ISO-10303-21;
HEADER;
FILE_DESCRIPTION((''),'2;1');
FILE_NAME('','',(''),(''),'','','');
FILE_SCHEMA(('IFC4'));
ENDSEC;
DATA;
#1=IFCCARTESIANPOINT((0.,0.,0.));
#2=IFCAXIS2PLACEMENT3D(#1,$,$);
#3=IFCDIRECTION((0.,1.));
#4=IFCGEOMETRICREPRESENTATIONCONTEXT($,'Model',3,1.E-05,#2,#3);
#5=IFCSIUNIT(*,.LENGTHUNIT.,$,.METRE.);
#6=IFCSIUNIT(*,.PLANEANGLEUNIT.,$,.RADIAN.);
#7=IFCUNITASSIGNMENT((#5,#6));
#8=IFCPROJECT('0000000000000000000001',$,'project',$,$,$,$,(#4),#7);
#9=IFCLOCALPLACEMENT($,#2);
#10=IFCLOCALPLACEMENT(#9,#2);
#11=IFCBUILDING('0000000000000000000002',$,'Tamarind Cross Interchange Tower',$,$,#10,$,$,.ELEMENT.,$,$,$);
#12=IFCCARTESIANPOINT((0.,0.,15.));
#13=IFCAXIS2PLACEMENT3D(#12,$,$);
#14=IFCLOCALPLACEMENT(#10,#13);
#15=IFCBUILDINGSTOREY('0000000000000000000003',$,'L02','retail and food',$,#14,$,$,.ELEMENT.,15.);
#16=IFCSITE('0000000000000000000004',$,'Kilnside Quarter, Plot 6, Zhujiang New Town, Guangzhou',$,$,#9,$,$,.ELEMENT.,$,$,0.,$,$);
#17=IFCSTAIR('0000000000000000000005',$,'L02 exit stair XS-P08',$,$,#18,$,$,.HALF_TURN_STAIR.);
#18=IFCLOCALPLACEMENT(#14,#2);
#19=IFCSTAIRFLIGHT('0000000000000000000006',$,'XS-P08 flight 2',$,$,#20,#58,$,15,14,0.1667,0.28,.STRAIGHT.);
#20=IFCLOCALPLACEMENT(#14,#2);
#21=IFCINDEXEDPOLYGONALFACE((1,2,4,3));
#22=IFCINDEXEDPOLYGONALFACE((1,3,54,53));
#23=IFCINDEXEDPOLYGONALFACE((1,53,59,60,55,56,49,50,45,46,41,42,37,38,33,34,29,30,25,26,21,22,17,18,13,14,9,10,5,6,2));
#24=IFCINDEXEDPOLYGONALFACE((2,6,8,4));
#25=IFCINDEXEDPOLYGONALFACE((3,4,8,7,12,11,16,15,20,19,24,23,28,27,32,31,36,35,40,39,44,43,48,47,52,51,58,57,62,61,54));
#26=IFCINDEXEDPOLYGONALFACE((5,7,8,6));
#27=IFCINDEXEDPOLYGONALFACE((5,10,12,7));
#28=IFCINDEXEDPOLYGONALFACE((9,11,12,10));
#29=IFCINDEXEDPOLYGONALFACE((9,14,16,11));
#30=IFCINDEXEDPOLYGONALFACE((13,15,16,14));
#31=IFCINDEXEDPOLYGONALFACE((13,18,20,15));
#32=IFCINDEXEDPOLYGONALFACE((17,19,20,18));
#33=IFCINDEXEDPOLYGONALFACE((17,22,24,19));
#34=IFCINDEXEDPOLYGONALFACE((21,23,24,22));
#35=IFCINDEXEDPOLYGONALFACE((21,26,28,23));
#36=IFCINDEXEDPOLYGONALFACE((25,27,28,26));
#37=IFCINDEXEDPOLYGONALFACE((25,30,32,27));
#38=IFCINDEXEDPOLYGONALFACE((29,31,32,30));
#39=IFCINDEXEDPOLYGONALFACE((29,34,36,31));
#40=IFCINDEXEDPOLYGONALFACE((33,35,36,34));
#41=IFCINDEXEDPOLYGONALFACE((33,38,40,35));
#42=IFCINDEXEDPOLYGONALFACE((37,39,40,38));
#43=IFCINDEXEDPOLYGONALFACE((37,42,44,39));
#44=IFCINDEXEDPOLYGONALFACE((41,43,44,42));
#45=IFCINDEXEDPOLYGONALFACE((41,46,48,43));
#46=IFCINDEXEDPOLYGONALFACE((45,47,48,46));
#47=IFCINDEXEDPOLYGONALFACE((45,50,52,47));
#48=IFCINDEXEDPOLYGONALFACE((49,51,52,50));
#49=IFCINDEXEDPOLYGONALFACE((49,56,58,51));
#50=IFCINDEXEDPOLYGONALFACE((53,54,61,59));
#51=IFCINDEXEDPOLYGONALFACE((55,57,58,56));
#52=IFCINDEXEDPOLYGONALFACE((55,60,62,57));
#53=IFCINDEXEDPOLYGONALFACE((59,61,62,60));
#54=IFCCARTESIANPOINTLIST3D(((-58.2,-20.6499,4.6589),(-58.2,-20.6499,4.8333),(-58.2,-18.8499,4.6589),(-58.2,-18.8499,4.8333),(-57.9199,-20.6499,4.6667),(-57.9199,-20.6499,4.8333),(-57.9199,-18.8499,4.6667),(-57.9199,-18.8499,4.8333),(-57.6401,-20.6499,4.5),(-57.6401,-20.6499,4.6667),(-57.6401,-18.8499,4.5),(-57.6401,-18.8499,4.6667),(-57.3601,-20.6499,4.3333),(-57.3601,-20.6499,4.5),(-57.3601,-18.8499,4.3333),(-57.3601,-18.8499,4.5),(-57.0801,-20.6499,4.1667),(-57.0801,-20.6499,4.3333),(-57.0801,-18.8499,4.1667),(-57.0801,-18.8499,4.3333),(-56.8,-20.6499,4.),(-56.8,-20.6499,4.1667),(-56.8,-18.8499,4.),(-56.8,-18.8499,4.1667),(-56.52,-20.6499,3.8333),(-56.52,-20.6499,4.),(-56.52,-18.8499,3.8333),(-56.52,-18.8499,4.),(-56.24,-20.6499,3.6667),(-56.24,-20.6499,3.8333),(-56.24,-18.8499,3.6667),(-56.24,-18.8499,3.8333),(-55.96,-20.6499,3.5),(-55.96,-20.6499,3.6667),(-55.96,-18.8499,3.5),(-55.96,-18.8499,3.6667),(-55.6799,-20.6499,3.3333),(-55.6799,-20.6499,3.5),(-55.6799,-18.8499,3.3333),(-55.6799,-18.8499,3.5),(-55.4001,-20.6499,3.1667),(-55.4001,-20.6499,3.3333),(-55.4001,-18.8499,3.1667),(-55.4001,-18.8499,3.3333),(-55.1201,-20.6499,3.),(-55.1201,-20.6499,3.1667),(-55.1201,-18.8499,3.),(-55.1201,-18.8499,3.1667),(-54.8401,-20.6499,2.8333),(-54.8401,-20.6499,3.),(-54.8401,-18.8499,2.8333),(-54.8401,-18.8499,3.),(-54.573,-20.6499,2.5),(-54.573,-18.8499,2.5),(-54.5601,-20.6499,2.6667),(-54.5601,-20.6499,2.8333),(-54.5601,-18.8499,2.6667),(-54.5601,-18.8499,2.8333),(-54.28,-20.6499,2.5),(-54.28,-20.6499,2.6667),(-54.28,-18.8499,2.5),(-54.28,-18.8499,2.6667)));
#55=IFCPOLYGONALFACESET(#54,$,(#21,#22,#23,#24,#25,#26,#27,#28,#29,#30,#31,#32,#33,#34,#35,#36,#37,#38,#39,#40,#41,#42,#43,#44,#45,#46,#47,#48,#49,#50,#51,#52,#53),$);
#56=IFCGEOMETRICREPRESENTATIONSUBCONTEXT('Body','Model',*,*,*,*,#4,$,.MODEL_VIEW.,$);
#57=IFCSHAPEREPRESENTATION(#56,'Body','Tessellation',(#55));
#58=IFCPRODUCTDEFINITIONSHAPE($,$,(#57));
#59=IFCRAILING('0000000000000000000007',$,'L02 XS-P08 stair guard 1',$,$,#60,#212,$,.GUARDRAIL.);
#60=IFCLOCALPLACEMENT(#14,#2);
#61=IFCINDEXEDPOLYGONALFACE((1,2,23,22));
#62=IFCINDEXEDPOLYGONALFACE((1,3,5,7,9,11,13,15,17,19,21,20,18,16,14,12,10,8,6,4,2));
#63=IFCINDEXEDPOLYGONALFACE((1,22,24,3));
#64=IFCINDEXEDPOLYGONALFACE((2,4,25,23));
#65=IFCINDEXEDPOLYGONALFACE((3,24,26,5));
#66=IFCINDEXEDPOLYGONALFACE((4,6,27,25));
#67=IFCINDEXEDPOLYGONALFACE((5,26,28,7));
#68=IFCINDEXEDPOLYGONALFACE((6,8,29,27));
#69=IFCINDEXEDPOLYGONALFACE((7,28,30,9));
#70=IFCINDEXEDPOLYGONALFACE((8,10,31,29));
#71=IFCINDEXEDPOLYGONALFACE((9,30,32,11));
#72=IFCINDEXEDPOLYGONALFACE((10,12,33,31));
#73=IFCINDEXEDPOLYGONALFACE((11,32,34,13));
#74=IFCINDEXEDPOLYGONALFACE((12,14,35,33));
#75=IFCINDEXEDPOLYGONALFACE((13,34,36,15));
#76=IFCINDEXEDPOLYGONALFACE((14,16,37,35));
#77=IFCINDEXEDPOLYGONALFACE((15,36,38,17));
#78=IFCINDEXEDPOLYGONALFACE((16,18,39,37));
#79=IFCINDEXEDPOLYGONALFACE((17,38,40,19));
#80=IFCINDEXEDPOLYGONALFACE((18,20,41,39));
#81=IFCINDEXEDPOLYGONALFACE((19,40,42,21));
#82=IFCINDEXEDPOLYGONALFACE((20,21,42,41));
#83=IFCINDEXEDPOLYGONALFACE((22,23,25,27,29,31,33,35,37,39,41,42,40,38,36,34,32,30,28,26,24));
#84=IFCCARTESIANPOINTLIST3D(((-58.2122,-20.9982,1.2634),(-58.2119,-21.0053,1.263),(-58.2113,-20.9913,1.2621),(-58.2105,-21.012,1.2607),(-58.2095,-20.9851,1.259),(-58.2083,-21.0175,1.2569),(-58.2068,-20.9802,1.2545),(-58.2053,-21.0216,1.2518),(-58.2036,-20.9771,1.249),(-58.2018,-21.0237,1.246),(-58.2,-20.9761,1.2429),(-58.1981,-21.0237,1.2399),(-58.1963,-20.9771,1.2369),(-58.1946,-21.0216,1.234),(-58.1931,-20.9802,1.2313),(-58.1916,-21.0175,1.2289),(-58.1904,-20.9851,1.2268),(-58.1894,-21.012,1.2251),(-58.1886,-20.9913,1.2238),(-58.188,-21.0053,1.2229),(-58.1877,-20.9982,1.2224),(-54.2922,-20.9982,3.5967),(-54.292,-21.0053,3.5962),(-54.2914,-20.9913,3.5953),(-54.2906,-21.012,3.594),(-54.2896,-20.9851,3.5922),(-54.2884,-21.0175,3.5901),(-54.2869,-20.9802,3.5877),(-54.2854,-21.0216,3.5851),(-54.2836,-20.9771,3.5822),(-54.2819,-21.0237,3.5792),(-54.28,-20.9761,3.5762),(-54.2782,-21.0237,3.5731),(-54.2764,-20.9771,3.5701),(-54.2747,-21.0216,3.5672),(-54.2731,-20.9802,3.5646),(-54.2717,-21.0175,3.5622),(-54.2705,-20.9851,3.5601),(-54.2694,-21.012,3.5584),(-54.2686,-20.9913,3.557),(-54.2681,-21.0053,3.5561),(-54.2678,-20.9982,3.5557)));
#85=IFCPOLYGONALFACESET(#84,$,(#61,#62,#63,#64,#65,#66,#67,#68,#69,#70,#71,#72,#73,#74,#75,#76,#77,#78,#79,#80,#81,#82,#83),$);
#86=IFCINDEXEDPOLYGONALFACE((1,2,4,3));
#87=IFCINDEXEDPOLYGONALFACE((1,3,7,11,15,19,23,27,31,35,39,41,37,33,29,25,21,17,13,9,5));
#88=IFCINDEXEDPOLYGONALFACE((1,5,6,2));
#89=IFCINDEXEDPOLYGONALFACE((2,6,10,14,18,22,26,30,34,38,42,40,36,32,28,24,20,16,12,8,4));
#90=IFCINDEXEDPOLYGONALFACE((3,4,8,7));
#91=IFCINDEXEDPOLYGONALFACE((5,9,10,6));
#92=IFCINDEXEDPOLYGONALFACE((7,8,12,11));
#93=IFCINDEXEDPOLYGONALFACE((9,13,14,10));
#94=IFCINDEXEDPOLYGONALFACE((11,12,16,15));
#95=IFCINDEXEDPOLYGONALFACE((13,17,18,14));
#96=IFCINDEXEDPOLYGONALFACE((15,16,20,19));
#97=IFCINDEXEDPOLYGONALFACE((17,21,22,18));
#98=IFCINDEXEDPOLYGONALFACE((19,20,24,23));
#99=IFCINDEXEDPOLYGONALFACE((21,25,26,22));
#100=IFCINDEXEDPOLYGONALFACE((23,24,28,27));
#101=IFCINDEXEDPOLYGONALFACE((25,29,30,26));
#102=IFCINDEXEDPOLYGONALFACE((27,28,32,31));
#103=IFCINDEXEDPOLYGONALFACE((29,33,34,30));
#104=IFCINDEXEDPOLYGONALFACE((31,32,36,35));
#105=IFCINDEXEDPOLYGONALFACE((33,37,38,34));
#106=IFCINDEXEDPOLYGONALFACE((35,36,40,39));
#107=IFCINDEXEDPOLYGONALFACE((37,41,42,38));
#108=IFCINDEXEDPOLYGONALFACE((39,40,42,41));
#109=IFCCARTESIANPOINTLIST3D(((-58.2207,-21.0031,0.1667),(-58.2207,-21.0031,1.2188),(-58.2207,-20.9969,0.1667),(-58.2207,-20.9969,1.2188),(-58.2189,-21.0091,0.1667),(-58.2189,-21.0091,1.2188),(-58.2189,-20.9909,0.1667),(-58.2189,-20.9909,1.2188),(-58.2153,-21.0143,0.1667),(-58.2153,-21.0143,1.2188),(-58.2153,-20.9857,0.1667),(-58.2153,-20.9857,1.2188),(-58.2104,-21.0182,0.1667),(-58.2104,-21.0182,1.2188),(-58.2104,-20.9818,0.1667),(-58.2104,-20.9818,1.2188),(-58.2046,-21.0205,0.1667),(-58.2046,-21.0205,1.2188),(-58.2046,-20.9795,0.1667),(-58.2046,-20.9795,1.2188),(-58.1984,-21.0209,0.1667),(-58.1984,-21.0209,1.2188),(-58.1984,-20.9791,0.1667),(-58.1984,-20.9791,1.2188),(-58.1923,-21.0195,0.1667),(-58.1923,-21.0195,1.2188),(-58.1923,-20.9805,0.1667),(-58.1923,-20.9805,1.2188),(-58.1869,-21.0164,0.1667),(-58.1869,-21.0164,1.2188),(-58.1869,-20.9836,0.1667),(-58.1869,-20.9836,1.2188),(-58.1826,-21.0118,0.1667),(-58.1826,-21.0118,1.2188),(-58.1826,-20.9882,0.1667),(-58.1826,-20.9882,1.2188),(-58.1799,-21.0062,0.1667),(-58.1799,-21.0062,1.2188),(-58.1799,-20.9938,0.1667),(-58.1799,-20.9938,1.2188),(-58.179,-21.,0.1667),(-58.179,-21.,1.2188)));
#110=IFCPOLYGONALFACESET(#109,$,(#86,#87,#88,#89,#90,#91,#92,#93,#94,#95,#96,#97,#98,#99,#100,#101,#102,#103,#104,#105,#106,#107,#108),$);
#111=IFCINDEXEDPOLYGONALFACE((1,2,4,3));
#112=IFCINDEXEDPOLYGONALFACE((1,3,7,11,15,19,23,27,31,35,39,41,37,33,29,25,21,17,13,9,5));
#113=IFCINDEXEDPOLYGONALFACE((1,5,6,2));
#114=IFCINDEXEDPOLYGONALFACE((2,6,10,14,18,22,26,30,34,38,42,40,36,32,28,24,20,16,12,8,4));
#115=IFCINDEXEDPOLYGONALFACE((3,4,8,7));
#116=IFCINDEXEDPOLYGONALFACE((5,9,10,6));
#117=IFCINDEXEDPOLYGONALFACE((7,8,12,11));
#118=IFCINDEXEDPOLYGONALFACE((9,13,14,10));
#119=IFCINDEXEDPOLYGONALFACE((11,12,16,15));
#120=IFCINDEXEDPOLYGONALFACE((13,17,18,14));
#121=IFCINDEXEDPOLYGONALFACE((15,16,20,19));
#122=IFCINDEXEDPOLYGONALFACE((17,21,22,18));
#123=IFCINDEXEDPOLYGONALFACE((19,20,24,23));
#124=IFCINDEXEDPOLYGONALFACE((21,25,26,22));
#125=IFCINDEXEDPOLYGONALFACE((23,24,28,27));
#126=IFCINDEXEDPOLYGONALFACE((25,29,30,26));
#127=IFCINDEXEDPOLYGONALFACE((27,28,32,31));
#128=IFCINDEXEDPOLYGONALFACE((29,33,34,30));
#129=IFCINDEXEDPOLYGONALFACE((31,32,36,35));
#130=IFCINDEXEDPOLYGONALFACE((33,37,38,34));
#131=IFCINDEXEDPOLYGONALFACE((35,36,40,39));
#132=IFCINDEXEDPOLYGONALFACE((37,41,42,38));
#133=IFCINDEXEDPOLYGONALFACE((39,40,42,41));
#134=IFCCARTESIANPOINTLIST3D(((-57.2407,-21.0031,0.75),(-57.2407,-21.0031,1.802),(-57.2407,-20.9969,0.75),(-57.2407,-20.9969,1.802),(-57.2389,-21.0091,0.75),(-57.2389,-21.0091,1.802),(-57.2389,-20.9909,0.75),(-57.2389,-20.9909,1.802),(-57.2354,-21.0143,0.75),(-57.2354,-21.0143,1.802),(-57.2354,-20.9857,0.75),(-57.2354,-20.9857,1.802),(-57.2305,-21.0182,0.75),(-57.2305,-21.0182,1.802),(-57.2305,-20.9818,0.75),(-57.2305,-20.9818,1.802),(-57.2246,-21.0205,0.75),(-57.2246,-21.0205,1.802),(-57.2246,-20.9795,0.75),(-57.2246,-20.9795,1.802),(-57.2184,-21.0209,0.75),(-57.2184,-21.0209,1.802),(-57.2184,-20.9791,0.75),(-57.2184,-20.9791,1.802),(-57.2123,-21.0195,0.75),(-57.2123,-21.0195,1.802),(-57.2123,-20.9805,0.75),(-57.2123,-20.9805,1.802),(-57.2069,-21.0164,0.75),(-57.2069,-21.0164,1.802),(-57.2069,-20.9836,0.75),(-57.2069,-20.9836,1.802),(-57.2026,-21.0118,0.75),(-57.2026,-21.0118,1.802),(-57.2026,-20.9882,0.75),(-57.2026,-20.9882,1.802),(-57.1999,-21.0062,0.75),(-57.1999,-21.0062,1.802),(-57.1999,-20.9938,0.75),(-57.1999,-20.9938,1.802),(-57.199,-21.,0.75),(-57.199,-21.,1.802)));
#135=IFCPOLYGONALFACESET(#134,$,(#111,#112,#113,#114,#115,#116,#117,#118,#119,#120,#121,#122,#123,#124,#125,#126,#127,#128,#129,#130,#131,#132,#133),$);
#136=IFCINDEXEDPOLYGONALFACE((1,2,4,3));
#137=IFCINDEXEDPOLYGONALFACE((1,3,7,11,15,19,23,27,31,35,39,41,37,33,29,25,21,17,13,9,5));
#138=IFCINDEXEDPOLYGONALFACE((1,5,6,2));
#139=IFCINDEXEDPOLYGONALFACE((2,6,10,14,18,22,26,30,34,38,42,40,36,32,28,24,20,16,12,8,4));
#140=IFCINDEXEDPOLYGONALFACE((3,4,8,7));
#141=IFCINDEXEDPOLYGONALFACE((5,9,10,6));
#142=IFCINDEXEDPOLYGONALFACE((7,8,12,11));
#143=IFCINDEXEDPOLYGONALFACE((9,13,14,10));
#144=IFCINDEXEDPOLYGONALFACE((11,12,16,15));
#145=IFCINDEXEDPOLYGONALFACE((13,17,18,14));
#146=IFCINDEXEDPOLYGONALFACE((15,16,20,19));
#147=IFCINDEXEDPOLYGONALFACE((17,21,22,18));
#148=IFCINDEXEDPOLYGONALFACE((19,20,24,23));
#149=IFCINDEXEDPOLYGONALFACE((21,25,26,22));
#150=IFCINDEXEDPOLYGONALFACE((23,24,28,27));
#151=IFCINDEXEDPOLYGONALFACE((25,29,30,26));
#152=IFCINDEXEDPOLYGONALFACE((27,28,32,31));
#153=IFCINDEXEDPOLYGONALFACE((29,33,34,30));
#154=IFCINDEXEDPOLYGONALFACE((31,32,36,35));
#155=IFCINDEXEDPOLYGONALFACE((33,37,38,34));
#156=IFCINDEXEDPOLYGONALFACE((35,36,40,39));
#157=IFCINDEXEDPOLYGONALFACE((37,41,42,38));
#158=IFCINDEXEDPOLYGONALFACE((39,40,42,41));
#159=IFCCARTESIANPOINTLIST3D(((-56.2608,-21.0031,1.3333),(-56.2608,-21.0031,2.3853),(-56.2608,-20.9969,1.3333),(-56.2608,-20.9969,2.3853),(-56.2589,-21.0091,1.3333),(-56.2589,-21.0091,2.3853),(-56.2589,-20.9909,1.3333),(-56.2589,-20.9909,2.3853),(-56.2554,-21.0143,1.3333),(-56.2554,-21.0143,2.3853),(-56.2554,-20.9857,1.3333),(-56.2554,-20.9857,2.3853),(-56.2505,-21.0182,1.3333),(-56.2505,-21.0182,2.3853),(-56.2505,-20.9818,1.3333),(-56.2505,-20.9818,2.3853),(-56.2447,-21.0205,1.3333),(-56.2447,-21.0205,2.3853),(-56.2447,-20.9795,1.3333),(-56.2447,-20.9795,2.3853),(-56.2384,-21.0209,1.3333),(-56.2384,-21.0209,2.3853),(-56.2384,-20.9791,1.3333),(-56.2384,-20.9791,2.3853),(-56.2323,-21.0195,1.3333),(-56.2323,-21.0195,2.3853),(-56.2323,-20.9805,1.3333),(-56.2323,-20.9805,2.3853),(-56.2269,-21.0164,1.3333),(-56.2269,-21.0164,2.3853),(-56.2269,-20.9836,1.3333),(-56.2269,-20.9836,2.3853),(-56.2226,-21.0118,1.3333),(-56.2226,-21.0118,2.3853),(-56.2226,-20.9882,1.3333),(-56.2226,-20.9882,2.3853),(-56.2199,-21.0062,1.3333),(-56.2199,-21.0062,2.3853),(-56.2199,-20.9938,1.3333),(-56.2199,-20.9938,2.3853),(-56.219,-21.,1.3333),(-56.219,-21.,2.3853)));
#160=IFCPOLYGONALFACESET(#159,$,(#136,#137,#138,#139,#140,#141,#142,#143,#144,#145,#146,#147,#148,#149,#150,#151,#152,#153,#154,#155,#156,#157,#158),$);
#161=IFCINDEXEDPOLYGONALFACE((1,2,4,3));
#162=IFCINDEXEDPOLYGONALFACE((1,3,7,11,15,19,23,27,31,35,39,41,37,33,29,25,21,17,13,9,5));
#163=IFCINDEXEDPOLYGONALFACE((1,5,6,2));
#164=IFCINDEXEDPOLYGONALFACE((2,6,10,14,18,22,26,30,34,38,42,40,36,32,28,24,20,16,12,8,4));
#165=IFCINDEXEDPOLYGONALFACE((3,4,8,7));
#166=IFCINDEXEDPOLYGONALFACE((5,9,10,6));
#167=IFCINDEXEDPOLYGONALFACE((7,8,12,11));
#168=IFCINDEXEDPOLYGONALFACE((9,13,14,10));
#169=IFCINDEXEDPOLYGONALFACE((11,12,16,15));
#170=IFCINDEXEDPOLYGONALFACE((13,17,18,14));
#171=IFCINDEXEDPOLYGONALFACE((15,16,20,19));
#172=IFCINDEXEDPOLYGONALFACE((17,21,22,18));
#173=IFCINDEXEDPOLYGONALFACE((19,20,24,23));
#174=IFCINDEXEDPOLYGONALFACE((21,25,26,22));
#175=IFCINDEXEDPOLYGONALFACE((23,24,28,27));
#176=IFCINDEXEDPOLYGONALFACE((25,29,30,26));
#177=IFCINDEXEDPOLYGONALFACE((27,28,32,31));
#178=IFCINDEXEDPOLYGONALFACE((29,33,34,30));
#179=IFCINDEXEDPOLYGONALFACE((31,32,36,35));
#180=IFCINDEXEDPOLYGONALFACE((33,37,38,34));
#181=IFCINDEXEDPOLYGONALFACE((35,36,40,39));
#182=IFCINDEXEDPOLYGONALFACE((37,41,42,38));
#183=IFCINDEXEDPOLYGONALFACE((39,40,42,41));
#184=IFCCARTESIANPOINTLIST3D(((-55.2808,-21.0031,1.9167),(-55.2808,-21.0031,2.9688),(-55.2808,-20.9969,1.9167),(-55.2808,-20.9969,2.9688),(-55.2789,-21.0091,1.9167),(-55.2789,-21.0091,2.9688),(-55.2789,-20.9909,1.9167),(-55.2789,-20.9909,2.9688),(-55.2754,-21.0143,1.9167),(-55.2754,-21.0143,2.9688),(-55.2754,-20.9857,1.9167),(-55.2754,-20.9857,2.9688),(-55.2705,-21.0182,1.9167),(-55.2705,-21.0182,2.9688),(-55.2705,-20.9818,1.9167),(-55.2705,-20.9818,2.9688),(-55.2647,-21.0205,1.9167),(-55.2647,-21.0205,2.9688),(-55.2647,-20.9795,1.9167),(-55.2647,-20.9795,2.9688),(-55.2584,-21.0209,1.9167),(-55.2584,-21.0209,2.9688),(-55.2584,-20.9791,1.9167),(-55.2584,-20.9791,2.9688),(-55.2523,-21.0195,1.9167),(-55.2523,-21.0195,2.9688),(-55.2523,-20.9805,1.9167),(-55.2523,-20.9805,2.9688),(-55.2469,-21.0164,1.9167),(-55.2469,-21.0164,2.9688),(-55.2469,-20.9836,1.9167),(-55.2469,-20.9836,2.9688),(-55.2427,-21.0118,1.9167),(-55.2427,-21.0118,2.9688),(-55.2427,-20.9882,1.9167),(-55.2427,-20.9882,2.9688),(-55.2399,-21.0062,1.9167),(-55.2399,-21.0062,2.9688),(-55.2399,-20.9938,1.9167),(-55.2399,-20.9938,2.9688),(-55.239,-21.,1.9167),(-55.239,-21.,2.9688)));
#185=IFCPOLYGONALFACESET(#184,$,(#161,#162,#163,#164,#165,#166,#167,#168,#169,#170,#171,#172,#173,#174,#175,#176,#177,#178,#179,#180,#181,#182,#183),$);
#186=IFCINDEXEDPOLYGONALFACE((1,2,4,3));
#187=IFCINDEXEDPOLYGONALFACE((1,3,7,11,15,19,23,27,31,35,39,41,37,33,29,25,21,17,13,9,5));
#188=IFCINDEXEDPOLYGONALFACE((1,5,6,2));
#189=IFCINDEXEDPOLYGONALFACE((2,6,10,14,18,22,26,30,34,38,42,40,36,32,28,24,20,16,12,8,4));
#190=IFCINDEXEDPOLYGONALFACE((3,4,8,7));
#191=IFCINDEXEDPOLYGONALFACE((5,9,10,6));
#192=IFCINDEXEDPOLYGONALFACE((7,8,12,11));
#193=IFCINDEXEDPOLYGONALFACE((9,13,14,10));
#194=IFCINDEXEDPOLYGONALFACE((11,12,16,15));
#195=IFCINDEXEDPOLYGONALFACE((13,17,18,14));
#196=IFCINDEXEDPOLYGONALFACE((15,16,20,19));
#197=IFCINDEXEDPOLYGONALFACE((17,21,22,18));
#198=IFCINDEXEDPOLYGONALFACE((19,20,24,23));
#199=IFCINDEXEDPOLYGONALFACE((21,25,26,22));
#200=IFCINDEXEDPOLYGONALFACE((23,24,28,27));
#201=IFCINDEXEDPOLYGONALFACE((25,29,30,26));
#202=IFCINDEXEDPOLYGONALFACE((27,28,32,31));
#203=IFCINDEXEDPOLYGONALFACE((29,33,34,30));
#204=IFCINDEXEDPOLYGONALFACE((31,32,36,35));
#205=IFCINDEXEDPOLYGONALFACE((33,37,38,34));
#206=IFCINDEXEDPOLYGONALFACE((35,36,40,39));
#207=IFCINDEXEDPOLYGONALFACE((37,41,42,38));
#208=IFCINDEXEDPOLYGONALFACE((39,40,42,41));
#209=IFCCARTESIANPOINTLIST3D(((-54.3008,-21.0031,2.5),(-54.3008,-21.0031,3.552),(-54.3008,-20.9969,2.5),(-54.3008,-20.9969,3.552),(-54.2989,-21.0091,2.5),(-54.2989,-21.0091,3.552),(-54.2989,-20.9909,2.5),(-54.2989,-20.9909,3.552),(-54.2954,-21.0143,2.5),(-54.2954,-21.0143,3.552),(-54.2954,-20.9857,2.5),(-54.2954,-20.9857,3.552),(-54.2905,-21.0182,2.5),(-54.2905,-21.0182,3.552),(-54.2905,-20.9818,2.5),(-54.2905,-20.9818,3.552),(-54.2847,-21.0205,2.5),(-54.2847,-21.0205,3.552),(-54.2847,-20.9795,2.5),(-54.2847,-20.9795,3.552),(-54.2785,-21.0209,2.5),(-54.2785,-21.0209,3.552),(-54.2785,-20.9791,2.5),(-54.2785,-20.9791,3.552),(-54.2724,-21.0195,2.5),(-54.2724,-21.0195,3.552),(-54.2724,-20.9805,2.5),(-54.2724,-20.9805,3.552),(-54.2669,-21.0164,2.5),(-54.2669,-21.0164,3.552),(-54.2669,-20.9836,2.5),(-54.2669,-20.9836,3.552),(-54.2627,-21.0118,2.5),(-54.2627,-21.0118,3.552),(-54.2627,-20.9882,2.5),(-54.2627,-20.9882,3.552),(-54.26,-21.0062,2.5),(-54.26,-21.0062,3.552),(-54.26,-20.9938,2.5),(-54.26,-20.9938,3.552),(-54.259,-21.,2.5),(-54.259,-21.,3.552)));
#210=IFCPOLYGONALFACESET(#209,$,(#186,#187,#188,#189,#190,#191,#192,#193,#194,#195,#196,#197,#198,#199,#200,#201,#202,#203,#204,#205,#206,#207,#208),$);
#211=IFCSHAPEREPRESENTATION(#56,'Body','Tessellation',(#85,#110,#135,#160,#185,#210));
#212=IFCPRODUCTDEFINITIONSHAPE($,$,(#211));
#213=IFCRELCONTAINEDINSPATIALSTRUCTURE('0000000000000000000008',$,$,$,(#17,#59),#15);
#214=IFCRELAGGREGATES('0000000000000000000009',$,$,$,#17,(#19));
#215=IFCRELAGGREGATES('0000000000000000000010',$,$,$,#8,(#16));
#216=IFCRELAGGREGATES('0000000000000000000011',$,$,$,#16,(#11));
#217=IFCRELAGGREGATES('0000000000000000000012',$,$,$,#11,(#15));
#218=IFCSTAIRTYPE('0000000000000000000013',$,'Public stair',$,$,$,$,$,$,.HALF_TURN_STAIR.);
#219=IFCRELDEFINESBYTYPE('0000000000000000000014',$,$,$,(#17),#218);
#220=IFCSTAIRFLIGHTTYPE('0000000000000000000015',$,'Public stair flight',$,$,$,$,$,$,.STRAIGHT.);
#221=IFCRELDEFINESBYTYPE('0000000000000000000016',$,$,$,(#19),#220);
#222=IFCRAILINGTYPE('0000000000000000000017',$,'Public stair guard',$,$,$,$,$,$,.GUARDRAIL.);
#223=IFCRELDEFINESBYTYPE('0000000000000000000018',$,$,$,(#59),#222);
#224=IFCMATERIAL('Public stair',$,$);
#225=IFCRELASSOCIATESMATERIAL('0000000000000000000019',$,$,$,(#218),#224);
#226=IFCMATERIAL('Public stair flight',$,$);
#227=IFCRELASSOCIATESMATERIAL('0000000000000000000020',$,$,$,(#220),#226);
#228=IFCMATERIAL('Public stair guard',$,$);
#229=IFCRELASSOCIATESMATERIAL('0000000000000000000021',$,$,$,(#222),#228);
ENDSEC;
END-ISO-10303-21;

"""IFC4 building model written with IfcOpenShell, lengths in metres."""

from ifc_helpers import new_model, si_unit, direction, frame, origin, origin_2d, place, context, subcontext, project, spatial, polyline, circle, outline, extrude, material, type_object, element, aggregate, save


model = new_model("IFC4")

# Units and contexts
model_context = context("Model", 3, precision=1e-05, world=origin(), true_north=direction((0.0, 1.0)))
body_context = subcontext(model_context, "Body", "Model", "MODEL_VIEW")
ifc_project = project(units=[si_unit("LENGTHUNIT", "METRE"), si_unit("PLANEANGLEUNIT", "RADIAN")], contexts=[model_context])

# Site, building, storey
site_placement = place(None, origin())
site = spatial("IfcSite", under=ifc_project, at=site_placement, Name="Kilnside Quarter, Plot 6, Zhujiang New Town, Guangzhou", CompositionType="ELEMENT", RefElevation=0.0)
building_placement = place(site_placement, origin())
building = spatial("IfcBuilding", under=site, at=building_placement, Name="Tamarind Cross Interchange Tower", CompositionType="ELEMENT")
storey_placement = place(building_placement, frame((0.0, 0.0, 15.0)))
storey = spatial("IfcBuildingStorey", under=building, at=storey_placement, Name="L02", Description="retail and food", CompositionType="ELEMENT", Elevation=15.0)

# Shared definitions
ifc_material_1 = material(Name="Public stair")
stair_type = type_object("IfcStairType", Name="Public stair", PredefinedType="HALF_TURN_STAIR", material=ifc_material_1)
ifc_material_2 = material(Name="Public stair flight")
stair_flight_type = type_object("IfcStairFlightType", Name="Public stair flight", PredefinedType="STRAIGHT", material=ifc_material_2)

# Stair, stair flight
stair_1_placement = place(storey_placement, origin())
stair_1 = element("IfcStair", 1, at=stair_1_placement, inside=storey, type_object=stair_type, Name="L02 exit stair XS-P08", PredefinedType="HALF_TURN_STAIR")
stair_flight_1_placement = place(storey_placement, frame((-54.28, -19.75, 2.5), z_axis=(0.0, 0.0, 1.0), x_axis=(-1.0, 0.0, 0.0)))
stair_flight_1 = element("IfcStairFlight", 2, at=stair_flight_1_placement, type_object=stair_flight_type, Name="XS-P08 flight 2", NumberOfRisers=15, NumberOfTreads=14, PredefinedType="STRAIGHT", RiserHeight=0.1667, TreadLength=0.28, context=body_context, shape_type="SweptSolid", body=[
    extrude(outline(polyline([(0.0, 0.0), (0.0, 0.1667), (0.28, 0.1667), (0.28, 0.3333), (0.5601, 0.3333), (0.5601, 0.5), (0.8401, 0.5), (0.8401, 0.6667), (1.1201, 0.6667), (1.1201, 0.8333), (1.3999, 0.8333), (1.3999, 1.0), (1.6799, 1.0), (1.6799, 1.1667), (1.96, 1.1667), (1.96, 1.3333), (2.24, 1.3333), (2.24, 1.5), (2.52, 1.5), (2.52, 1.6667), (2.8, 1.6667), (2.8, 1.8333), (3.0801, 1.8333), (3.0801, 2.0), (3.3601, 2.0), (3.3601, 2.1667), (3.6399, 2.1667), (3.6399, 2.3333), (3.9199, 2.3333), (3.9199, 2.5), (3.9199, 2.1589), (0.293, 0.0), (0.0, 0.0)])), frame((0.0, 0.8999, 0.0), z_axis=(0.0, -1.0, 0.0), x_axis=(1.0, 0.0, 0.0)), (0.0, 0.0, 1.0), 1.8),
])
aggregate(stair_1, [stair_flight_1])

# Railing
ifc_material_3 = material(Name="Public stair guard")
railing_type_1 = type_object("IfcRailingType", Name="Public stair guard", PredefinedType="GUARDRAIL", material=ifc_material_3)
railing_1_placement = place(storey_placement, frame((-58.2, -21.0, 0.1667)))
element("IfcRailing", 3, at=railing_1_placement, inside=storey, type_object=railing_type_1, Name="L02 XS-P08 stair guard 1", PredefinedType="GUARDRAIL", context=body_context, shape_type="SweptSolid", body=[
    extrude(circle(Radius=0.0239, at=origin_2d()), frame((0.0, 0.0, 1.0762), z_axis=(0.859296, 0.0, 0.511478), x_axis=(0.0, 1.0, 0.0)), (0.0, 0.0, 1.0), 4.5618),
    extrude(circle(Radius=0.021, at=origin_2d()), origin(), (0.0, 0.0, 1.0), 1.052),
    extrude(circle(Radius=0.021, at=origin_2d()), frame((0.98, 0.0, 0.5833)), (0.0, 0.0, 1.0), 1.052),
    extrude(circle(Radius=0.021, at=origin_2d()), frame((1.96, 0.0, 1.1665)), (0.0, 0.0, 1.0), 1.052),
    extrude(circle(Radius=0.021, at=origin_2d()), frame((2.9399, 0.0, 1.75)), (0.0, 0.0, 1.0), 1.052),
    extrude(circle(Radius=0.021, at=origin_2d()), frame((3.9199, 0.0, 2.3333)), (0.0, 0.0, 1.0), 1.052),
])

save(model, "model.ifc")
